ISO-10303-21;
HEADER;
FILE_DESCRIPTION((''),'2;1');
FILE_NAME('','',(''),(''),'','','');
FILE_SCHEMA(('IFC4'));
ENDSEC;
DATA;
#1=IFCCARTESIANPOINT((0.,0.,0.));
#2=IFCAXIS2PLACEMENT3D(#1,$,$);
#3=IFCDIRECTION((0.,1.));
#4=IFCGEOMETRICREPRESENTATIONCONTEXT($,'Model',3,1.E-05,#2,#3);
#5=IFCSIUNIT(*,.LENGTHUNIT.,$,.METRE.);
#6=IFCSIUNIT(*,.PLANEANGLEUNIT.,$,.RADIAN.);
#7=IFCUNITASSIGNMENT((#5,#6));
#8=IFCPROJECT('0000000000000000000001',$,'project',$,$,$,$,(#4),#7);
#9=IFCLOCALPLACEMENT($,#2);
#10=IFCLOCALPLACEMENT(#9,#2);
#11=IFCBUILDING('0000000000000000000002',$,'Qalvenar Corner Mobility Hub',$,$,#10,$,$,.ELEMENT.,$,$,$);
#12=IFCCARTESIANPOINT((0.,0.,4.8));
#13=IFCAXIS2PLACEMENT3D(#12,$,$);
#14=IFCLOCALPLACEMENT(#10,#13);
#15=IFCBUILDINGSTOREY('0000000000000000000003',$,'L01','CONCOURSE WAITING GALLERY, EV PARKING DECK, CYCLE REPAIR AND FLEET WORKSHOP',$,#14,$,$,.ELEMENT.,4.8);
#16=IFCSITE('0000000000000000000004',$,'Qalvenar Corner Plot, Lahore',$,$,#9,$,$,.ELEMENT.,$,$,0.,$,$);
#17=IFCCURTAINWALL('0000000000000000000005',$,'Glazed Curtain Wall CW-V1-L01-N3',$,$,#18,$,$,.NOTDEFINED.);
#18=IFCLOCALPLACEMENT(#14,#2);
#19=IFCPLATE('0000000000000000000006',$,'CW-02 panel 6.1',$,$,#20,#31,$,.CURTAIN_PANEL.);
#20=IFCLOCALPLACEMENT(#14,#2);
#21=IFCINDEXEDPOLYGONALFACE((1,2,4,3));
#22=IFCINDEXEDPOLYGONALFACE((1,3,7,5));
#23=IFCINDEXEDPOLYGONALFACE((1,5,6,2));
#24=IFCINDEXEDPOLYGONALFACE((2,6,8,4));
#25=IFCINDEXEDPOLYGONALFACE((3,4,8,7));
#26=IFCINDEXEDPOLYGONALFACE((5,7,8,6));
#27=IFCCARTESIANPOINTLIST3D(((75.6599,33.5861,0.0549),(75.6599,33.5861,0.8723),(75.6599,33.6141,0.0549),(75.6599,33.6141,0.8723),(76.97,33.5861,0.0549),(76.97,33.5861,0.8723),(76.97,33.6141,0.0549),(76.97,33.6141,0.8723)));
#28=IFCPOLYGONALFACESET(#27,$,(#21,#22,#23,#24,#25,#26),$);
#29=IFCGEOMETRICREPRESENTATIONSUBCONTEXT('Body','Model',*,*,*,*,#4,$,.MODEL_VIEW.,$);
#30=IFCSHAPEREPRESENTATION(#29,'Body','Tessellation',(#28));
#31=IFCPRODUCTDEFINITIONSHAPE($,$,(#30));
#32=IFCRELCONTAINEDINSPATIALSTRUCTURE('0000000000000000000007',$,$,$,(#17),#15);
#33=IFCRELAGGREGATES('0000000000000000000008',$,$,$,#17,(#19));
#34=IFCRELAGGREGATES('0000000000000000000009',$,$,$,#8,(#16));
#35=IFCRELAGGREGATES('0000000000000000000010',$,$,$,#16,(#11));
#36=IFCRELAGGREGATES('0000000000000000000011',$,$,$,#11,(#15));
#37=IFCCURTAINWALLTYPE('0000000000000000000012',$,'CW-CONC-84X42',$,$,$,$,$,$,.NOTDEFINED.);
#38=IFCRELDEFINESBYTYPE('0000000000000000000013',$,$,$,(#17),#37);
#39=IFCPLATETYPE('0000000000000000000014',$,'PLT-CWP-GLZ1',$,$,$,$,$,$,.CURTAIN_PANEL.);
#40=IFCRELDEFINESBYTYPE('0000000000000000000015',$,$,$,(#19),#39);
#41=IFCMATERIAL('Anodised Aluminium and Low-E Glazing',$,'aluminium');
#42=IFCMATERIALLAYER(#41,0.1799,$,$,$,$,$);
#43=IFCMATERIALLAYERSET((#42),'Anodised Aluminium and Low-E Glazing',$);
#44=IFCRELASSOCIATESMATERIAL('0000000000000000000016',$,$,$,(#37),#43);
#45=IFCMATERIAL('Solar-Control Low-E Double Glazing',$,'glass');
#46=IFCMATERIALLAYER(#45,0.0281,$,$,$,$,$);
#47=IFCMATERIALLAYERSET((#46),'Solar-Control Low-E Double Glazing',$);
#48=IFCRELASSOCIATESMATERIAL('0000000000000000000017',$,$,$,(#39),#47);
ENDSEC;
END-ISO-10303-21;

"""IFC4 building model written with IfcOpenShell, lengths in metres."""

from ifc_helpers import new_model, si_unit, direction, frame, origin, origin_2d, place, context, subcontext, project, spatial, rectangle, extrude, material, layer, layer_set, type_object, element, aggregate, save


model = new_model("IFC4")

# Units and contexts
model_context = context("Model", 3, precision=1e-05, world=origin(), true_north=direction((0.0, 1.0)))
body_context = subcontext(model_context, "Body", "Model", "MODEL_VIEW")
ifc_project = project(units=[si_unit("LENGTHUNIT", "METRE"), si_unit("PLANEANGLEUNIT", "RADIAN")], contexts=[model_context])

# Site, building, storey
site_placement = place(None, origin())
site = spatial("IfcSite", under=ifc_project, at=site_placement, Name="Qalvenar Corner Plot, Lahore", CompositionType="ELEMENT", RefElevation=0.0)
building_placement = place(site_placement, origin())
building = spatial("IfcBuilding", under=site, at=building_placement, Name="Qalvenar Corner Mobility Hub", CompositionType="ELEMENT")
storey_placement = place(building_placement, frame((0.0, 0.0, 4.8)))
storey = spatial("IfcBuildingStorey", under=building, at=storey_placement, Name="L01", Description="CONCOURSE WAITING GALLERY, EV PARKING DECK, CYCLE REPAIR AND FLEET WORKSHOP", CompositionType="ELEMENT", Elevation=4.8)

# Shared definitions
ifc_material_1 = material(Name="Anodised Aluminium and Low-E Glazing", Category="aluminium")
ifc_layer_1 = layer(ifc_material_1, 0.1799)
ifc_layer_set_1 = layer_set([ifc_layer_1], Name="Anodised Aluminium and Low-E Glazing")
curtain_wall_type = type_object("IfcCurtainWallType", Name="CW-CONC-84X42", PredefinedType="NOTDEFINED", material=ifc_layer_set_1)

# Curtain wall
curtain_wall_1_placement = place(storey_placement, origin())
curtain_wall_1 = element("IfcCurtainWall", 1, at=curtain_wall_1_placement, inside=storey, type_object=curtain_wall_type, Name="Glazed Curtain Wall CW-V1-L01-N3", PredefinedType="NOTDEFINED")

# Plate
ifc_material_2 = material(Name="Solar-Control Low-E Double Glazing", Category="glass")
ifc_layer_2 = layer(ifc_material_2, 0.0281)
ifc_layer_set_2 = layer_set([ifc_layer_2], Name="Solar-Control Low-E Double Glazing")
plate_type = type_object("IfcPlateType", Name="PLT-CWP-GLZ1", PredefinedType="CURTAIN_PANEL", material=ifc_layer_set_2)
plate_1_placement = place(storey_placement, frame((76.3149, 33.6001, 0.0549), z_axis=(0.0, 0.0, 1.0), x_axis=(-1.0, 0.0, 0.0)))
plate_1 = element("IfcPlate", 2, at=plate_1_placement, type_object=plate_type, Name="CW-02 panel 6.1", PredefinedType="CURTAIN_PANEL", context=body_context, shape_type="SweptSolid", body=[
    extrude(rectangle(XDim=1.3101, YDim=0.0281, at=origin_2d()), origin(), (0.0, 0.0, 1.0), 0.8174),
])
aggregate(curtain_wall_1, [plate_1])

save(model, "model.ifc")
